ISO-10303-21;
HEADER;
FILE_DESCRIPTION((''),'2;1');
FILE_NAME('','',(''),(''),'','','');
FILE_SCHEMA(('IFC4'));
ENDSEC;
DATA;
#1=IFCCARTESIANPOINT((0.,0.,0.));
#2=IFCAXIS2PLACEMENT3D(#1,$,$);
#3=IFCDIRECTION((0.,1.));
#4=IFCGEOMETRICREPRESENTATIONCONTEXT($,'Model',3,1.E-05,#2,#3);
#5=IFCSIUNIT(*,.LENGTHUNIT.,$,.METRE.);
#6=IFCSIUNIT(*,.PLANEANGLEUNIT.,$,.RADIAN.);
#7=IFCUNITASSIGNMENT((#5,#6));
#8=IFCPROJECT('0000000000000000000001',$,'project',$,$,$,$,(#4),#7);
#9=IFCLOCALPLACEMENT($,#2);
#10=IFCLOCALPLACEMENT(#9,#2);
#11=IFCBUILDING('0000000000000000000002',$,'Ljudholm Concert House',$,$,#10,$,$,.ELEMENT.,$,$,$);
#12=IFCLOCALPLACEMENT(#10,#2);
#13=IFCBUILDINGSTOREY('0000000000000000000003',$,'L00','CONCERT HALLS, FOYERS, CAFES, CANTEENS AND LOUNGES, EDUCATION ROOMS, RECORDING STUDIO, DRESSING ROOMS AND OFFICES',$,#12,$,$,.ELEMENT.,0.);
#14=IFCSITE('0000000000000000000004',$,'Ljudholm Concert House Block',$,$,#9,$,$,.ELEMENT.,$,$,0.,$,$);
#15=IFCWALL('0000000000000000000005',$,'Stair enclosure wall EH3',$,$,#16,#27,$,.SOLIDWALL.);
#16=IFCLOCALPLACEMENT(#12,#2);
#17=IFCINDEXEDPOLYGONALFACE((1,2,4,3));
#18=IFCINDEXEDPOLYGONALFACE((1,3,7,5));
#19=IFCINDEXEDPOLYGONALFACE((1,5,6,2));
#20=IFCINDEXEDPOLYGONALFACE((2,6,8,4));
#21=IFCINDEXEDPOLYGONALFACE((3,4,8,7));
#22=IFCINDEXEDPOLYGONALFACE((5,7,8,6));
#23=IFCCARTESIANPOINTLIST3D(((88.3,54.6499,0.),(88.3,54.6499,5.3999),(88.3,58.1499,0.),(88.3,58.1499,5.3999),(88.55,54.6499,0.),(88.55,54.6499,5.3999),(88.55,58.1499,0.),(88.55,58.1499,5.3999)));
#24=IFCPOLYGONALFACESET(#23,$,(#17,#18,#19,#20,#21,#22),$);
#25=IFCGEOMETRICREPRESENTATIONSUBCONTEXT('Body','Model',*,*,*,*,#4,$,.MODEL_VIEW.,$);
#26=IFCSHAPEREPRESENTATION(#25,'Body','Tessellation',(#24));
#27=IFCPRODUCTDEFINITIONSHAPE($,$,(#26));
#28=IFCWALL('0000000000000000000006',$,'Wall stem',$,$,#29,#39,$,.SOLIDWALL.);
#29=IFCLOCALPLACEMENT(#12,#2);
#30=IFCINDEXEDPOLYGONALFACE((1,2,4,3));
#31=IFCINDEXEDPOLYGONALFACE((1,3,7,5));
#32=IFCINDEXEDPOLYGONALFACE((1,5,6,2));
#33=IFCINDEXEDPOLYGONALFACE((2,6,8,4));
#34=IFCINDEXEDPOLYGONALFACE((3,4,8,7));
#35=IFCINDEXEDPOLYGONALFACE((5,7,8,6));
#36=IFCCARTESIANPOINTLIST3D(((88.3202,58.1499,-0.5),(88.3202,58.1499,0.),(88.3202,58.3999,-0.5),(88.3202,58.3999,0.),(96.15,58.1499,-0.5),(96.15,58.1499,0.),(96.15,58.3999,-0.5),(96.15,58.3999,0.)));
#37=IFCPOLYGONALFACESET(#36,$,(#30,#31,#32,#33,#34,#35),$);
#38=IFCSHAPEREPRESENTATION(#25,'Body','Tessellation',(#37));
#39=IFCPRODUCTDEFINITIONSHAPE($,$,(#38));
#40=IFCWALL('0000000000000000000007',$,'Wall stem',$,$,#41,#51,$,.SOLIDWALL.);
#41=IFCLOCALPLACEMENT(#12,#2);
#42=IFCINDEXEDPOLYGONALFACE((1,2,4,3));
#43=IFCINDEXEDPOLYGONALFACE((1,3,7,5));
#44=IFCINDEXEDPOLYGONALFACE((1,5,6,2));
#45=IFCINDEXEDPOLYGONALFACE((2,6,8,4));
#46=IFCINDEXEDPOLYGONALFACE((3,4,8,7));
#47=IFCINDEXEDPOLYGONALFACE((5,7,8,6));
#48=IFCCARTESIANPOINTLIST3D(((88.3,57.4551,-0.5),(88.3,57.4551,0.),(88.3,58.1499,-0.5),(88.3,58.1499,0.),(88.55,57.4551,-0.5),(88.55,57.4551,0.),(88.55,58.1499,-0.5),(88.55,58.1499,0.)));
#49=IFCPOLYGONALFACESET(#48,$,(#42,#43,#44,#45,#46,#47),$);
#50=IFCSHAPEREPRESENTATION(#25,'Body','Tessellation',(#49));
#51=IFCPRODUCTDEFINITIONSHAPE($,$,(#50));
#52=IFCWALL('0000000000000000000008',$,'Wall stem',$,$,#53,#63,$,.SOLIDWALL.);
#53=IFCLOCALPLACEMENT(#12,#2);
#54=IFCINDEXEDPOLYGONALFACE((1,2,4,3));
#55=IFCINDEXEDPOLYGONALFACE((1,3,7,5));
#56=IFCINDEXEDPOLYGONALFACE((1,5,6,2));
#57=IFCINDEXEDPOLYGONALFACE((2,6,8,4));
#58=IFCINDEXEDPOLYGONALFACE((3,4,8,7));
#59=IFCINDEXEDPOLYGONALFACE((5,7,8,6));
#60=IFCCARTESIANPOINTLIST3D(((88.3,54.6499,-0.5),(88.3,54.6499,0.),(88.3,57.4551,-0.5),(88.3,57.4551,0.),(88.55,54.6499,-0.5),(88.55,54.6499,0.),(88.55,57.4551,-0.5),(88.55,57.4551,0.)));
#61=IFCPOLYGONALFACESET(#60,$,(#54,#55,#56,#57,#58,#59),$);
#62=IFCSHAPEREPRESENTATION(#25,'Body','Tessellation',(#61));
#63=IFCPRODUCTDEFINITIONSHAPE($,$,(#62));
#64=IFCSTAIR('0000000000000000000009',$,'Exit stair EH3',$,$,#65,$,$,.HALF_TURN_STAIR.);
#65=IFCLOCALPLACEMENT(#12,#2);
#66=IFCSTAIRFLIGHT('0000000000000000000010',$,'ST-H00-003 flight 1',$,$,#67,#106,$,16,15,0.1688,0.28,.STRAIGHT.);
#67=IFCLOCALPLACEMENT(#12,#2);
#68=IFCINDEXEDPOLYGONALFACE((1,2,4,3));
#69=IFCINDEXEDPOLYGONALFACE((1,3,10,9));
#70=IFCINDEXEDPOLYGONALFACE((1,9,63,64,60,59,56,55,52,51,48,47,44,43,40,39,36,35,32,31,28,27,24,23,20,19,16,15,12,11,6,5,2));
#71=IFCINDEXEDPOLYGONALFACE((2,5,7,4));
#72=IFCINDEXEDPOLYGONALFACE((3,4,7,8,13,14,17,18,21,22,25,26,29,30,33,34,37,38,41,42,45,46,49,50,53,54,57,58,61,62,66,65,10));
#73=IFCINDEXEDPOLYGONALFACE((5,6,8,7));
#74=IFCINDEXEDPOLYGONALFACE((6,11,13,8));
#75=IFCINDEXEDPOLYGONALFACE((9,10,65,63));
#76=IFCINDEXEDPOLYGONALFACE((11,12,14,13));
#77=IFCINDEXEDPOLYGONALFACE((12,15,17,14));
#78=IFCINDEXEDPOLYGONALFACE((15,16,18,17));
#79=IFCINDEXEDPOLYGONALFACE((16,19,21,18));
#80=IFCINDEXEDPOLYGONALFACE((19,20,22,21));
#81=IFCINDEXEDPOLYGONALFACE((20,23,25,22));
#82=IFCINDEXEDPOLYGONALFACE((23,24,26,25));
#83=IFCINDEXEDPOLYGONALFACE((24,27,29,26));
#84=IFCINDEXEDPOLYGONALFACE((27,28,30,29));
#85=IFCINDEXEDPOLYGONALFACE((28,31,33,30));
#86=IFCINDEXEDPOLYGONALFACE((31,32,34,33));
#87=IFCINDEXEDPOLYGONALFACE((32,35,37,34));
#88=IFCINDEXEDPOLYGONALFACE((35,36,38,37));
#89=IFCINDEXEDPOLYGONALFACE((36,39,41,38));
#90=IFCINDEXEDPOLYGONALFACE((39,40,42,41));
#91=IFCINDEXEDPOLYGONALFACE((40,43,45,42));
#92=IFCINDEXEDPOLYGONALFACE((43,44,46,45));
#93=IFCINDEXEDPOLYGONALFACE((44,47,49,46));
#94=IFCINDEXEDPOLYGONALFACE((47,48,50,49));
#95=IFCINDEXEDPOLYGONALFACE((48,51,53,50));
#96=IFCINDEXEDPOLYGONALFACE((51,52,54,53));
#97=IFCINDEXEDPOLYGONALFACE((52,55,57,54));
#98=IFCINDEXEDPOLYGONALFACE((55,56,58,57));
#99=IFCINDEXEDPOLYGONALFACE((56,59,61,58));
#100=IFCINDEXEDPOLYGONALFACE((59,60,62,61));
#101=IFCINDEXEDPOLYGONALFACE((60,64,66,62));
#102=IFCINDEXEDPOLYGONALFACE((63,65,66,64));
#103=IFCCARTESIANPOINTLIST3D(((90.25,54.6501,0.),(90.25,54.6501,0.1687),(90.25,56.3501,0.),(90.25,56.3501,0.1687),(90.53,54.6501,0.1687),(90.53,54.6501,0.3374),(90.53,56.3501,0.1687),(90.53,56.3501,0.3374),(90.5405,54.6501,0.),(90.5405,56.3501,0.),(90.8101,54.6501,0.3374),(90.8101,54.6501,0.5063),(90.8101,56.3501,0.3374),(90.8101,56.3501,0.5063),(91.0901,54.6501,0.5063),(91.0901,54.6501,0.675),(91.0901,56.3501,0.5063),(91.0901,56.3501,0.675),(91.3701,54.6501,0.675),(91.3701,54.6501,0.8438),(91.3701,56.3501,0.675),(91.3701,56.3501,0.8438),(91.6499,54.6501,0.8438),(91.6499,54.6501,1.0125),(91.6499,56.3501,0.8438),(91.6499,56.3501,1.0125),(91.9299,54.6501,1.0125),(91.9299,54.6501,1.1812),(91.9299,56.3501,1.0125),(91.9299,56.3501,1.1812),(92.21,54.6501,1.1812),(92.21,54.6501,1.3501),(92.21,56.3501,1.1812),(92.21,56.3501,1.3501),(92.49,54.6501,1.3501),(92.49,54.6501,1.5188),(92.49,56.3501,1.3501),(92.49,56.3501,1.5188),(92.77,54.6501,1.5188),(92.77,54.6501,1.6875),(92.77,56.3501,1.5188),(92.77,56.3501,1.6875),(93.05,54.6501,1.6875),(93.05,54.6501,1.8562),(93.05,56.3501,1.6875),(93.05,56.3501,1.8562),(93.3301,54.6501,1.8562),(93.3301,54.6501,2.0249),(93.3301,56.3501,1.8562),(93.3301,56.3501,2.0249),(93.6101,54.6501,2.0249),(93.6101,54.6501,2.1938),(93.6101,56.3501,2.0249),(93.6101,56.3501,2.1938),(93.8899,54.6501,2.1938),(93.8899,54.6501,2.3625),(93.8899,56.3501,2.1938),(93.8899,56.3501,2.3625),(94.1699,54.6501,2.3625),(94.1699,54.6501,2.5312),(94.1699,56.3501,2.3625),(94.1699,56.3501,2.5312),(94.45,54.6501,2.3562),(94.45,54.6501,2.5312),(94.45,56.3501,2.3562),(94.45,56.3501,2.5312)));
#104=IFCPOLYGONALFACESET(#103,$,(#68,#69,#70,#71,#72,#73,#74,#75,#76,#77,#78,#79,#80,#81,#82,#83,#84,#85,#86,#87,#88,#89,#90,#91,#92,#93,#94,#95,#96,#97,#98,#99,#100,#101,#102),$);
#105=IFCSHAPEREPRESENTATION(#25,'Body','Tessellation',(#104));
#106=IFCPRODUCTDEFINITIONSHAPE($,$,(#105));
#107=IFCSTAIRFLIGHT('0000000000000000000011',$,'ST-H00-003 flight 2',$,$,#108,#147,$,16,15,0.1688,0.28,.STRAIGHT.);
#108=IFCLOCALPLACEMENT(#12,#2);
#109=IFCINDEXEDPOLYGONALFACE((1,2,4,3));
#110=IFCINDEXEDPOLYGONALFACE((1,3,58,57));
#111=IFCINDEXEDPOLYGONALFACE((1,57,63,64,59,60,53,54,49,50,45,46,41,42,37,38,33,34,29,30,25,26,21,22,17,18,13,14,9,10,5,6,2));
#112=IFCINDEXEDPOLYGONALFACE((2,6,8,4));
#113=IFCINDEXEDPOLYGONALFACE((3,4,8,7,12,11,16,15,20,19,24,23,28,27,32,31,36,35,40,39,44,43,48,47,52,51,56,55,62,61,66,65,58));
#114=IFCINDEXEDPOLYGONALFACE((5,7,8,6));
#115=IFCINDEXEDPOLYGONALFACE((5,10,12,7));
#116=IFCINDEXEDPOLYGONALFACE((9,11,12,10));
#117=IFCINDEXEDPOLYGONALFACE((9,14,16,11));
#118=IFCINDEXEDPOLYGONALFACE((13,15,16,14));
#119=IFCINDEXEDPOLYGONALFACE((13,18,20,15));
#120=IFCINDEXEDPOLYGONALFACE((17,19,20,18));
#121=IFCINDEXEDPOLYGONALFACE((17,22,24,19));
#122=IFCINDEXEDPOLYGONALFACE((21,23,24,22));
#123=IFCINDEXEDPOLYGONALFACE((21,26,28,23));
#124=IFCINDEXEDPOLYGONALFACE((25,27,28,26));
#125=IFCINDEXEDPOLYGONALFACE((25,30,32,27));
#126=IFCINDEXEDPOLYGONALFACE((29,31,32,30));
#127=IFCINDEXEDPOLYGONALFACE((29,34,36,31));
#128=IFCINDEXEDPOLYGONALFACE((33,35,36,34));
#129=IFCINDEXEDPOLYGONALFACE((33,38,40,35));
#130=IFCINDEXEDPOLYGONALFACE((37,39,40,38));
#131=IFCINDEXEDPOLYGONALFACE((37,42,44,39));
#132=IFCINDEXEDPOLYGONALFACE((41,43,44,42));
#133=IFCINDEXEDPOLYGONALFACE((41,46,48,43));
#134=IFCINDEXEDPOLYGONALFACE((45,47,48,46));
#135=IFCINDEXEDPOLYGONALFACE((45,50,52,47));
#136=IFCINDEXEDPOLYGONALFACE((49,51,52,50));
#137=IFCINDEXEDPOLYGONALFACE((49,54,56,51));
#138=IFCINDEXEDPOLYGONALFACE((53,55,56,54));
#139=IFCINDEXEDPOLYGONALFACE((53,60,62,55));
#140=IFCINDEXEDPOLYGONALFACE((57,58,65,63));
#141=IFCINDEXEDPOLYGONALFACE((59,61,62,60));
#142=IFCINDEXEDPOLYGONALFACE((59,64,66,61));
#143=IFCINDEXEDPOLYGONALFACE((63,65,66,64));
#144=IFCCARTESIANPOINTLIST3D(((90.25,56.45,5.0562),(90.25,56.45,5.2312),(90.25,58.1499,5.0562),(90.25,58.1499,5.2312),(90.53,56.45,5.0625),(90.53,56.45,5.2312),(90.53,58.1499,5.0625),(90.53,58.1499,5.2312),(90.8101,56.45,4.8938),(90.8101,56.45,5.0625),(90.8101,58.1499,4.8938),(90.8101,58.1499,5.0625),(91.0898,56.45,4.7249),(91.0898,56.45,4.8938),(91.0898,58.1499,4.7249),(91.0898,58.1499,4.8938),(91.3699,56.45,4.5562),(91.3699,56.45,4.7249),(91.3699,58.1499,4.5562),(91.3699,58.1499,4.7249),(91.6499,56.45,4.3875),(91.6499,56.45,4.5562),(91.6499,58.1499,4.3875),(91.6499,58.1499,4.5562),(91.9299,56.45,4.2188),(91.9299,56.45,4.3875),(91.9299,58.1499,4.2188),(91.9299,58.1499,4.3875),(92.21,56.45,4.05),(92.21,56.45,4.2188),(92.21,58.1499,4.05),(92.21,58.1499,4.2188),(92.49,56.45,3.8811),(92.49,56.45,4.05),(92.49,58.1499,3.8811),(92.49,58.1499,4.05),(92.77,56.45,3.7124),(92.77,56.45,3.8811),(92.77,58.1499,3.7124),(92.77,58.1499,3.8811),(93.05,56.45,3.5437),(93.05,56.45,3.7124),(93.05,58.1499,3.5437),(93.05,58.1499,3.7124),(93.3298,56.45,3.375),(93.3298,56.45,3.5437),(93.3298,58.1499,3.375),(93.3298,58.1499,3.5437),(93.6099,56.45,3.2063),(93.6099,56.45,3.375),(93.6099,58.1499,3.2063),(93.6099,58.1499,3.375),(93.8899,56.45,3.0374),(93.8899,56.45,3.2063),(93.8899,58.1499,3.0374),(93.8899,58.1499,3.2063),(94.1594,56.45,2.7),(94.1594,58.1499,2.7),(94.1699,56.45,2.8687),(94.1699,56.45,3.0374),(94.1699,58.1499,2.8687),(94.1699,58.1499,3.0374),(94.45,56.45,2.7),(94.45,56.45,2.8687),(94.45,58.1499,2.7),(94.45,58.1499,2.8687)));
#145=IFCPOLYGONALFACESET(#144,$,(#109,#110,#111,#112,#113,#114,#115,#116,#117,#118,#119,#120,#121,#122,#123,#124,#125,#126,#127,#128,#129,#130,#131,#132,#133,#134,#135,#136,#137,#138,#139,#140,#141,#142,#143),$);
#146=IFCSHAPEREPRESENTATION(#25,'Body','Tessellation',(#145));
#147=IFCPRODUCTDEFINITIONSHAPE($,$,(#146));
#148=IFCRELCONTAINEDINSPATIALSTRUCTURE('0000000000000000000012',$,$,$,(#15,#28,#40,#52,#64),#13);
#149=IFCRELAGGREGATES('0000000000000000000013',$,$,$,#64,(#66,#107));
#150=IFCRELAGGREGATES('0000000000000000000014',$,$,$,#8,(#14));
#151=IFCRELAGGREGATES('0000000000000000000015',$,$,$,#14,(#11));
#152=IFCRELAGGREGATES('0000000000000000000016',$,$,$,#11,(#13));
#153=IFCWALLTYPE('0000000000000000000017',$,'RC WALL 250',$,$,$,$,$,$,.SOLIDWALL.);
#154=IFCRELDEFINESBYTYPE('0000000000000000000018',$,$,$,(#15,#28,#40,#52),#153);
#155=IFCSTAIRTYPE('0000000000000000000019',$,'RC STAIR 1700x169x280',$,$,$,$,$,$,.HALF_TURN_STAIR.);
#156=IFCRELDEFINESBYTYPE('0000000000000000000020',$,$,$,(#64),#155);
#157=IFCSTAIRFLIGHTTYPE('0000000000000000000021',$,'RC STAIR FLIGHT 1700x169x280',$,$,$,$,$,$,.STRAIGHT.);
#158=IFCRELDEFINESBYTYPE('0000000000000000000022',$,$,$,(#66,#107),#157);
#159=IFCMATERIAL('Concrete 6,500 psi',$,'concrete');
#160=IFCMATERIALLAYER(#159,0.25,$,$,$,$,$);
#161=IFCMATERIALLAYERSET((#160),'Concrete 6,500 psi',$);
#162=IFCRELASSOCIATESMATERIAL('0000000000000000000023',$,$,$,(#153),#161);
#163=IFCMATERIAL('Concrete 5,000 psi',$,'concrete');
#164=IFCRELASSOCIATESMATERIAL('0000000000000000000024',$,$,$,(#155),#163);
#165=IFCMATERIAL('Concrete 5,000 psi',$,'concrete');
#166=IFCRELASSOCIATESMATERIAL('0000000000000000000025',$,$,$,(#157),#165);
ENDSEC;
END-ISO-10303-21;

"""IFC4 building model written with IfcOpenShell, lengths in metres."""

from ifc_helpers import new_model, si_unit, direction, frame, frame_2d, origin, place, context, subcontext, project, spatial, polyline, rectangle, outline, extrude, material, layer, layer_set, type_object, element, aggregate, save


model = new_model("IFC4")

# Units and contexts
model_context = context("Model", 3, precision=1e-05, world=origin(), true_north=direction((0.0, 1.0)))
body_context = subcontext(model_context, "Body", "Model", "MODEL_VIEW")
ifc_project = project(units=[si_unit("LENGTHUNIT", "METRE"), si_unit("PLANEANGLEUNIT", "RADIAN")], contexts=[model_context])

# Site, building, storey
site_placement = place(None, origin())
site = spatial("IfcSite", under=ifc_project, at=site_placement, Name="Ljudholm Concert House Block", CompositionType="ELEMENT", RefElevation=0.0)
building_placement = place(site_placement, origin())
building = spatial("IfcBuilding", under=site, at=building_placement, Name="Ljudholm Concert House", CompositionType="ELEMENT")
storey_placement = place(building_placement, origin())
storey = spatial("IfcBuildingStorey", under=building, at=storey_placement, Name="L00", Description="CONCERT HALLS, FOYERS, CAFES, CANTEENS AND LOUNGES, EDUCATION ROOMS, RECORDING STUDIO, DRESSING ROOMS AND OFFICES", CompositionType="ELEMENT", Elevation=0.0)

# Shared definitions
ifc_material_1 = material(Name="Concrete 6,500 psi", Category="concrete")
ifc_layer_1 = layer(ifc_material_1, 0.25)
ifc_layer_set_1 = layer_set([ifc_layer_1], Name="Concrete 6,500 psi")
wall_type_1 = type_object("IfcWallType", Name="RC WALL 250", PredefinedType="SOLIDWALL", material=ifc_layer_set_1)

# Walls
wall_1_placement = place(storey_placement, frame((88.425, 54.6499, 0.0), z_axis=(0.0, 0.0, 1.0), x_axis=(0.0, 1.0, 0.0)))
element("IfcWall", 1, at=wall_1_placement, inside=storey, type_object=wall_type_1, Name="Stair enclosure wall EH3", PredefinedType="SOLIDWALL", context=body_context, shape_type="SweptSolid", body=[
    extrude(rectangle(XDim=3.5, YDim=0.25, at=frame_2d((1.75, 0.0))), origin(), (0.0, 0.0, 1.0), 5.3999),
])
wall_2_placement = place(storey_placement, frame((88.3201, 58.2749, -0.5), z_axis=(0.0, 0.0, 1.0), x_axis=(1.0, 0.0, 0.0)))
element("IfcWall", 2, at=wall_2_placement, inside=storey, type_object=wall_type_1, Name="Wall stem", PredefinedType="SOLIDWALL", context=body_context, shape_type="SweptSolid", body=[
    extrude(rectangle(XDim=7.8298, YDim=0.25, at=frame_2d((3.915, 0.0))), origin(), (0.0, 0.0, 1.0), 0.5),
])
wall_3_placement = place(storey_placement, frame((88.425, 57.4551, -0.5), z_axis=(0.0, 0.0, 1.0), x_axis=(0.0, 1.0, 0.0)))
element("IfcWall", 3, at=wall_3_placement, inside=storey, type_object=wall_type_1, Name="Wall stem", PredefinedType="SOLIDWALL", context=body_context, shape_type="SweptSolid", body=[
    extrude(rectangle(XDim=0.6948, YDim=0.25, at=frame_2d((0.3474, 0.0))), origin(), (0.0, 0.0, 1.0), 0.5),
])
wall_4_placement = place(storey_placement, frame((88.425, 54.6499, -0.5), z_axis=(0.0, 0.0, 1.0), x_axis=(0.0, 1.0, 0.0)))
element("IfcWall", 4, at=wall_4_placement, inside=storey, type_object=wall_type_1, Name="Wall stem", PredefinedType="SOLIDWALL", context=body_context, shape_type="SweptSolid", body=[
    extrude(rectangle(XDim=2.8052, YDim=0.25, at=frame_2d((1.4026, 0.0))), origin(), (0.0, 0.0, 1.0), 0.5),
])

# Stair, stair flights
ifc_material_2 = material(Name="Concrete 5,000 psi", Category="concrete")
stair_type = type_object("IfcStairType", Name="RC STAIR 1700x169x280", PredefinedType="HALF_TURN_STAIR", material=ifc_material_2)
stair_placement = place(storey_placement, origin())
stair = element("IfcStair", 5, at=stair_placement, inside=storey, type_object=stair_type, Name="Exit stair EH3", PredefinedType="HALF_TURN_STAIR")
ifc_material_3 = material(Name="Concrete 5,000 psi", Category="concrete")
stair_flight_type = type_object("IfcStairFlightType", Name="RC STAIR FLIGHT 1700x169x280", PredefinedType="STRAIGHT", material=ifc_material_3)
stair_flight_1_placement = place(storey_placement, frame((90.25, 55.5, 0.0), z_axis=(0.0, 0.0, 1.0), x_axis=(1.0, 0.0, 0.0)))
stair_flight_1 = element("IfcStairFlight", 6, at=stair_flight_1_placement, type_object=stair_flight_type, Name="ST-H00-003 flight 1", NumberOfRisers=16, NumberOfTreads=15, PredefinedType="STRAIGHT", RiserHeight=0.1688, TreadLength=0.28, context=body_context, shape_type="SweptSolid", body=[
    extrude(outline(polyline([(0.0, 0.0), (0.0, 0.1687), (0.28, 0.1687), (0.28, 0.3374), (0.5601, 0.3374), (0.5601, 0.5063), (0.8401, 0.5063), (0.8401, 0.675), (1.1201, 0.675), (1.1201, 0.8438), (1.3999, 0.8438), (1.3999, 1.0125), (1.6799, 1.0125), (1.6799, 1.1812), (1.96, 1.1812), (1.96, 1.3501), (2.24, 1.3501), (2.24, 1.5188), (2.52, 1.5188), (2.52, 1.6875), (2.8, 1.6875), (2.8, 1.8562), (3.0801, 1.8562), (3.0801, 2.0249), (3.3601, 2.0249), (3.3601, 2.1938), (3.6399, 2.1938), (3.6399, 2.3625), (3.9199, 2.3625), (3.9199, 2.5312), (4.2, 2.5312), (4.2, 2.7), (4.2, 2.3562), (0.2905, 0.0), (0.0, 0.0)])), frame((0.0, 0.8501, 0.0), z_axis=(0.0, -1.0, 0.0), x_axis=(1.0, 0.0, 0.0)), (0.0, 0.0, 1.0), 1.7),
])
stair_flight_2_placement = place(storey_placement, frame((94.45, 57.3, 2.7), z_axis=(0.0, 0.0, 1.0), x_axis=(-1.0, 0.0, 0.0)))
stair_flight_2 = element("IfcStairFlight", 7, at=stair_flight_2_placement, type_object=stair_flight_type, Name="ST-H00-003 flight 2", NumberOfRisers=16, NumberOfTreads=15, PredefinedType="STRAIGHT", RiserHeight=0.1688, TreadLength=0.28, context=body_context, shape_type="SweptSolid", body=[
    extrude(outline(polyline([(0.0, 0.0), (0.0, 0.1687), (0.28, 0.1687), (0.28, 0.3374), (0.5601, 0.3374), (0.5601, 0.5063), (0.8401, 0.5063), (0.8401, 0.675), (1.1201, 0.675), (1.1201, 0.8438), (1.3999, 0.8438), (1.3999, 1.0125), (1.6799, 1.0125), (1.6799, 1.1812), (1.96, 1.1812), (1.96, 1.3501), (2.24, 1.3501), (2.24, 1.5188), (2.52, 1.5188), (2.52, 1.6875), (2.8, 1.6875), (2.8, 1.8562), (3.0801, 1.8562), (3.0801, 2.0249), (3.3601, 2.0249), (3.3601, 2.1938), (3.6399, 2.1938), (3.6399, 2.3625), (3.9199, 2.3625), (3.9199, 2.5312), (4.2, 2.5312), (4.2, 2.7), (4.2, 2.3562), (0.2905, 0.0), (0.0, 0.0)])), frame((0.0, 0.8501, 0.0), z_axis=(0.0, -1.0, 0.0), x_axis=(1.0, 0.0, 0.0)), (0.0, 0.0, 1.0), 1.7),
])
aggregate(stair, [stair_flight_1, stair_flight_2])

save(model, "model.ifc")
